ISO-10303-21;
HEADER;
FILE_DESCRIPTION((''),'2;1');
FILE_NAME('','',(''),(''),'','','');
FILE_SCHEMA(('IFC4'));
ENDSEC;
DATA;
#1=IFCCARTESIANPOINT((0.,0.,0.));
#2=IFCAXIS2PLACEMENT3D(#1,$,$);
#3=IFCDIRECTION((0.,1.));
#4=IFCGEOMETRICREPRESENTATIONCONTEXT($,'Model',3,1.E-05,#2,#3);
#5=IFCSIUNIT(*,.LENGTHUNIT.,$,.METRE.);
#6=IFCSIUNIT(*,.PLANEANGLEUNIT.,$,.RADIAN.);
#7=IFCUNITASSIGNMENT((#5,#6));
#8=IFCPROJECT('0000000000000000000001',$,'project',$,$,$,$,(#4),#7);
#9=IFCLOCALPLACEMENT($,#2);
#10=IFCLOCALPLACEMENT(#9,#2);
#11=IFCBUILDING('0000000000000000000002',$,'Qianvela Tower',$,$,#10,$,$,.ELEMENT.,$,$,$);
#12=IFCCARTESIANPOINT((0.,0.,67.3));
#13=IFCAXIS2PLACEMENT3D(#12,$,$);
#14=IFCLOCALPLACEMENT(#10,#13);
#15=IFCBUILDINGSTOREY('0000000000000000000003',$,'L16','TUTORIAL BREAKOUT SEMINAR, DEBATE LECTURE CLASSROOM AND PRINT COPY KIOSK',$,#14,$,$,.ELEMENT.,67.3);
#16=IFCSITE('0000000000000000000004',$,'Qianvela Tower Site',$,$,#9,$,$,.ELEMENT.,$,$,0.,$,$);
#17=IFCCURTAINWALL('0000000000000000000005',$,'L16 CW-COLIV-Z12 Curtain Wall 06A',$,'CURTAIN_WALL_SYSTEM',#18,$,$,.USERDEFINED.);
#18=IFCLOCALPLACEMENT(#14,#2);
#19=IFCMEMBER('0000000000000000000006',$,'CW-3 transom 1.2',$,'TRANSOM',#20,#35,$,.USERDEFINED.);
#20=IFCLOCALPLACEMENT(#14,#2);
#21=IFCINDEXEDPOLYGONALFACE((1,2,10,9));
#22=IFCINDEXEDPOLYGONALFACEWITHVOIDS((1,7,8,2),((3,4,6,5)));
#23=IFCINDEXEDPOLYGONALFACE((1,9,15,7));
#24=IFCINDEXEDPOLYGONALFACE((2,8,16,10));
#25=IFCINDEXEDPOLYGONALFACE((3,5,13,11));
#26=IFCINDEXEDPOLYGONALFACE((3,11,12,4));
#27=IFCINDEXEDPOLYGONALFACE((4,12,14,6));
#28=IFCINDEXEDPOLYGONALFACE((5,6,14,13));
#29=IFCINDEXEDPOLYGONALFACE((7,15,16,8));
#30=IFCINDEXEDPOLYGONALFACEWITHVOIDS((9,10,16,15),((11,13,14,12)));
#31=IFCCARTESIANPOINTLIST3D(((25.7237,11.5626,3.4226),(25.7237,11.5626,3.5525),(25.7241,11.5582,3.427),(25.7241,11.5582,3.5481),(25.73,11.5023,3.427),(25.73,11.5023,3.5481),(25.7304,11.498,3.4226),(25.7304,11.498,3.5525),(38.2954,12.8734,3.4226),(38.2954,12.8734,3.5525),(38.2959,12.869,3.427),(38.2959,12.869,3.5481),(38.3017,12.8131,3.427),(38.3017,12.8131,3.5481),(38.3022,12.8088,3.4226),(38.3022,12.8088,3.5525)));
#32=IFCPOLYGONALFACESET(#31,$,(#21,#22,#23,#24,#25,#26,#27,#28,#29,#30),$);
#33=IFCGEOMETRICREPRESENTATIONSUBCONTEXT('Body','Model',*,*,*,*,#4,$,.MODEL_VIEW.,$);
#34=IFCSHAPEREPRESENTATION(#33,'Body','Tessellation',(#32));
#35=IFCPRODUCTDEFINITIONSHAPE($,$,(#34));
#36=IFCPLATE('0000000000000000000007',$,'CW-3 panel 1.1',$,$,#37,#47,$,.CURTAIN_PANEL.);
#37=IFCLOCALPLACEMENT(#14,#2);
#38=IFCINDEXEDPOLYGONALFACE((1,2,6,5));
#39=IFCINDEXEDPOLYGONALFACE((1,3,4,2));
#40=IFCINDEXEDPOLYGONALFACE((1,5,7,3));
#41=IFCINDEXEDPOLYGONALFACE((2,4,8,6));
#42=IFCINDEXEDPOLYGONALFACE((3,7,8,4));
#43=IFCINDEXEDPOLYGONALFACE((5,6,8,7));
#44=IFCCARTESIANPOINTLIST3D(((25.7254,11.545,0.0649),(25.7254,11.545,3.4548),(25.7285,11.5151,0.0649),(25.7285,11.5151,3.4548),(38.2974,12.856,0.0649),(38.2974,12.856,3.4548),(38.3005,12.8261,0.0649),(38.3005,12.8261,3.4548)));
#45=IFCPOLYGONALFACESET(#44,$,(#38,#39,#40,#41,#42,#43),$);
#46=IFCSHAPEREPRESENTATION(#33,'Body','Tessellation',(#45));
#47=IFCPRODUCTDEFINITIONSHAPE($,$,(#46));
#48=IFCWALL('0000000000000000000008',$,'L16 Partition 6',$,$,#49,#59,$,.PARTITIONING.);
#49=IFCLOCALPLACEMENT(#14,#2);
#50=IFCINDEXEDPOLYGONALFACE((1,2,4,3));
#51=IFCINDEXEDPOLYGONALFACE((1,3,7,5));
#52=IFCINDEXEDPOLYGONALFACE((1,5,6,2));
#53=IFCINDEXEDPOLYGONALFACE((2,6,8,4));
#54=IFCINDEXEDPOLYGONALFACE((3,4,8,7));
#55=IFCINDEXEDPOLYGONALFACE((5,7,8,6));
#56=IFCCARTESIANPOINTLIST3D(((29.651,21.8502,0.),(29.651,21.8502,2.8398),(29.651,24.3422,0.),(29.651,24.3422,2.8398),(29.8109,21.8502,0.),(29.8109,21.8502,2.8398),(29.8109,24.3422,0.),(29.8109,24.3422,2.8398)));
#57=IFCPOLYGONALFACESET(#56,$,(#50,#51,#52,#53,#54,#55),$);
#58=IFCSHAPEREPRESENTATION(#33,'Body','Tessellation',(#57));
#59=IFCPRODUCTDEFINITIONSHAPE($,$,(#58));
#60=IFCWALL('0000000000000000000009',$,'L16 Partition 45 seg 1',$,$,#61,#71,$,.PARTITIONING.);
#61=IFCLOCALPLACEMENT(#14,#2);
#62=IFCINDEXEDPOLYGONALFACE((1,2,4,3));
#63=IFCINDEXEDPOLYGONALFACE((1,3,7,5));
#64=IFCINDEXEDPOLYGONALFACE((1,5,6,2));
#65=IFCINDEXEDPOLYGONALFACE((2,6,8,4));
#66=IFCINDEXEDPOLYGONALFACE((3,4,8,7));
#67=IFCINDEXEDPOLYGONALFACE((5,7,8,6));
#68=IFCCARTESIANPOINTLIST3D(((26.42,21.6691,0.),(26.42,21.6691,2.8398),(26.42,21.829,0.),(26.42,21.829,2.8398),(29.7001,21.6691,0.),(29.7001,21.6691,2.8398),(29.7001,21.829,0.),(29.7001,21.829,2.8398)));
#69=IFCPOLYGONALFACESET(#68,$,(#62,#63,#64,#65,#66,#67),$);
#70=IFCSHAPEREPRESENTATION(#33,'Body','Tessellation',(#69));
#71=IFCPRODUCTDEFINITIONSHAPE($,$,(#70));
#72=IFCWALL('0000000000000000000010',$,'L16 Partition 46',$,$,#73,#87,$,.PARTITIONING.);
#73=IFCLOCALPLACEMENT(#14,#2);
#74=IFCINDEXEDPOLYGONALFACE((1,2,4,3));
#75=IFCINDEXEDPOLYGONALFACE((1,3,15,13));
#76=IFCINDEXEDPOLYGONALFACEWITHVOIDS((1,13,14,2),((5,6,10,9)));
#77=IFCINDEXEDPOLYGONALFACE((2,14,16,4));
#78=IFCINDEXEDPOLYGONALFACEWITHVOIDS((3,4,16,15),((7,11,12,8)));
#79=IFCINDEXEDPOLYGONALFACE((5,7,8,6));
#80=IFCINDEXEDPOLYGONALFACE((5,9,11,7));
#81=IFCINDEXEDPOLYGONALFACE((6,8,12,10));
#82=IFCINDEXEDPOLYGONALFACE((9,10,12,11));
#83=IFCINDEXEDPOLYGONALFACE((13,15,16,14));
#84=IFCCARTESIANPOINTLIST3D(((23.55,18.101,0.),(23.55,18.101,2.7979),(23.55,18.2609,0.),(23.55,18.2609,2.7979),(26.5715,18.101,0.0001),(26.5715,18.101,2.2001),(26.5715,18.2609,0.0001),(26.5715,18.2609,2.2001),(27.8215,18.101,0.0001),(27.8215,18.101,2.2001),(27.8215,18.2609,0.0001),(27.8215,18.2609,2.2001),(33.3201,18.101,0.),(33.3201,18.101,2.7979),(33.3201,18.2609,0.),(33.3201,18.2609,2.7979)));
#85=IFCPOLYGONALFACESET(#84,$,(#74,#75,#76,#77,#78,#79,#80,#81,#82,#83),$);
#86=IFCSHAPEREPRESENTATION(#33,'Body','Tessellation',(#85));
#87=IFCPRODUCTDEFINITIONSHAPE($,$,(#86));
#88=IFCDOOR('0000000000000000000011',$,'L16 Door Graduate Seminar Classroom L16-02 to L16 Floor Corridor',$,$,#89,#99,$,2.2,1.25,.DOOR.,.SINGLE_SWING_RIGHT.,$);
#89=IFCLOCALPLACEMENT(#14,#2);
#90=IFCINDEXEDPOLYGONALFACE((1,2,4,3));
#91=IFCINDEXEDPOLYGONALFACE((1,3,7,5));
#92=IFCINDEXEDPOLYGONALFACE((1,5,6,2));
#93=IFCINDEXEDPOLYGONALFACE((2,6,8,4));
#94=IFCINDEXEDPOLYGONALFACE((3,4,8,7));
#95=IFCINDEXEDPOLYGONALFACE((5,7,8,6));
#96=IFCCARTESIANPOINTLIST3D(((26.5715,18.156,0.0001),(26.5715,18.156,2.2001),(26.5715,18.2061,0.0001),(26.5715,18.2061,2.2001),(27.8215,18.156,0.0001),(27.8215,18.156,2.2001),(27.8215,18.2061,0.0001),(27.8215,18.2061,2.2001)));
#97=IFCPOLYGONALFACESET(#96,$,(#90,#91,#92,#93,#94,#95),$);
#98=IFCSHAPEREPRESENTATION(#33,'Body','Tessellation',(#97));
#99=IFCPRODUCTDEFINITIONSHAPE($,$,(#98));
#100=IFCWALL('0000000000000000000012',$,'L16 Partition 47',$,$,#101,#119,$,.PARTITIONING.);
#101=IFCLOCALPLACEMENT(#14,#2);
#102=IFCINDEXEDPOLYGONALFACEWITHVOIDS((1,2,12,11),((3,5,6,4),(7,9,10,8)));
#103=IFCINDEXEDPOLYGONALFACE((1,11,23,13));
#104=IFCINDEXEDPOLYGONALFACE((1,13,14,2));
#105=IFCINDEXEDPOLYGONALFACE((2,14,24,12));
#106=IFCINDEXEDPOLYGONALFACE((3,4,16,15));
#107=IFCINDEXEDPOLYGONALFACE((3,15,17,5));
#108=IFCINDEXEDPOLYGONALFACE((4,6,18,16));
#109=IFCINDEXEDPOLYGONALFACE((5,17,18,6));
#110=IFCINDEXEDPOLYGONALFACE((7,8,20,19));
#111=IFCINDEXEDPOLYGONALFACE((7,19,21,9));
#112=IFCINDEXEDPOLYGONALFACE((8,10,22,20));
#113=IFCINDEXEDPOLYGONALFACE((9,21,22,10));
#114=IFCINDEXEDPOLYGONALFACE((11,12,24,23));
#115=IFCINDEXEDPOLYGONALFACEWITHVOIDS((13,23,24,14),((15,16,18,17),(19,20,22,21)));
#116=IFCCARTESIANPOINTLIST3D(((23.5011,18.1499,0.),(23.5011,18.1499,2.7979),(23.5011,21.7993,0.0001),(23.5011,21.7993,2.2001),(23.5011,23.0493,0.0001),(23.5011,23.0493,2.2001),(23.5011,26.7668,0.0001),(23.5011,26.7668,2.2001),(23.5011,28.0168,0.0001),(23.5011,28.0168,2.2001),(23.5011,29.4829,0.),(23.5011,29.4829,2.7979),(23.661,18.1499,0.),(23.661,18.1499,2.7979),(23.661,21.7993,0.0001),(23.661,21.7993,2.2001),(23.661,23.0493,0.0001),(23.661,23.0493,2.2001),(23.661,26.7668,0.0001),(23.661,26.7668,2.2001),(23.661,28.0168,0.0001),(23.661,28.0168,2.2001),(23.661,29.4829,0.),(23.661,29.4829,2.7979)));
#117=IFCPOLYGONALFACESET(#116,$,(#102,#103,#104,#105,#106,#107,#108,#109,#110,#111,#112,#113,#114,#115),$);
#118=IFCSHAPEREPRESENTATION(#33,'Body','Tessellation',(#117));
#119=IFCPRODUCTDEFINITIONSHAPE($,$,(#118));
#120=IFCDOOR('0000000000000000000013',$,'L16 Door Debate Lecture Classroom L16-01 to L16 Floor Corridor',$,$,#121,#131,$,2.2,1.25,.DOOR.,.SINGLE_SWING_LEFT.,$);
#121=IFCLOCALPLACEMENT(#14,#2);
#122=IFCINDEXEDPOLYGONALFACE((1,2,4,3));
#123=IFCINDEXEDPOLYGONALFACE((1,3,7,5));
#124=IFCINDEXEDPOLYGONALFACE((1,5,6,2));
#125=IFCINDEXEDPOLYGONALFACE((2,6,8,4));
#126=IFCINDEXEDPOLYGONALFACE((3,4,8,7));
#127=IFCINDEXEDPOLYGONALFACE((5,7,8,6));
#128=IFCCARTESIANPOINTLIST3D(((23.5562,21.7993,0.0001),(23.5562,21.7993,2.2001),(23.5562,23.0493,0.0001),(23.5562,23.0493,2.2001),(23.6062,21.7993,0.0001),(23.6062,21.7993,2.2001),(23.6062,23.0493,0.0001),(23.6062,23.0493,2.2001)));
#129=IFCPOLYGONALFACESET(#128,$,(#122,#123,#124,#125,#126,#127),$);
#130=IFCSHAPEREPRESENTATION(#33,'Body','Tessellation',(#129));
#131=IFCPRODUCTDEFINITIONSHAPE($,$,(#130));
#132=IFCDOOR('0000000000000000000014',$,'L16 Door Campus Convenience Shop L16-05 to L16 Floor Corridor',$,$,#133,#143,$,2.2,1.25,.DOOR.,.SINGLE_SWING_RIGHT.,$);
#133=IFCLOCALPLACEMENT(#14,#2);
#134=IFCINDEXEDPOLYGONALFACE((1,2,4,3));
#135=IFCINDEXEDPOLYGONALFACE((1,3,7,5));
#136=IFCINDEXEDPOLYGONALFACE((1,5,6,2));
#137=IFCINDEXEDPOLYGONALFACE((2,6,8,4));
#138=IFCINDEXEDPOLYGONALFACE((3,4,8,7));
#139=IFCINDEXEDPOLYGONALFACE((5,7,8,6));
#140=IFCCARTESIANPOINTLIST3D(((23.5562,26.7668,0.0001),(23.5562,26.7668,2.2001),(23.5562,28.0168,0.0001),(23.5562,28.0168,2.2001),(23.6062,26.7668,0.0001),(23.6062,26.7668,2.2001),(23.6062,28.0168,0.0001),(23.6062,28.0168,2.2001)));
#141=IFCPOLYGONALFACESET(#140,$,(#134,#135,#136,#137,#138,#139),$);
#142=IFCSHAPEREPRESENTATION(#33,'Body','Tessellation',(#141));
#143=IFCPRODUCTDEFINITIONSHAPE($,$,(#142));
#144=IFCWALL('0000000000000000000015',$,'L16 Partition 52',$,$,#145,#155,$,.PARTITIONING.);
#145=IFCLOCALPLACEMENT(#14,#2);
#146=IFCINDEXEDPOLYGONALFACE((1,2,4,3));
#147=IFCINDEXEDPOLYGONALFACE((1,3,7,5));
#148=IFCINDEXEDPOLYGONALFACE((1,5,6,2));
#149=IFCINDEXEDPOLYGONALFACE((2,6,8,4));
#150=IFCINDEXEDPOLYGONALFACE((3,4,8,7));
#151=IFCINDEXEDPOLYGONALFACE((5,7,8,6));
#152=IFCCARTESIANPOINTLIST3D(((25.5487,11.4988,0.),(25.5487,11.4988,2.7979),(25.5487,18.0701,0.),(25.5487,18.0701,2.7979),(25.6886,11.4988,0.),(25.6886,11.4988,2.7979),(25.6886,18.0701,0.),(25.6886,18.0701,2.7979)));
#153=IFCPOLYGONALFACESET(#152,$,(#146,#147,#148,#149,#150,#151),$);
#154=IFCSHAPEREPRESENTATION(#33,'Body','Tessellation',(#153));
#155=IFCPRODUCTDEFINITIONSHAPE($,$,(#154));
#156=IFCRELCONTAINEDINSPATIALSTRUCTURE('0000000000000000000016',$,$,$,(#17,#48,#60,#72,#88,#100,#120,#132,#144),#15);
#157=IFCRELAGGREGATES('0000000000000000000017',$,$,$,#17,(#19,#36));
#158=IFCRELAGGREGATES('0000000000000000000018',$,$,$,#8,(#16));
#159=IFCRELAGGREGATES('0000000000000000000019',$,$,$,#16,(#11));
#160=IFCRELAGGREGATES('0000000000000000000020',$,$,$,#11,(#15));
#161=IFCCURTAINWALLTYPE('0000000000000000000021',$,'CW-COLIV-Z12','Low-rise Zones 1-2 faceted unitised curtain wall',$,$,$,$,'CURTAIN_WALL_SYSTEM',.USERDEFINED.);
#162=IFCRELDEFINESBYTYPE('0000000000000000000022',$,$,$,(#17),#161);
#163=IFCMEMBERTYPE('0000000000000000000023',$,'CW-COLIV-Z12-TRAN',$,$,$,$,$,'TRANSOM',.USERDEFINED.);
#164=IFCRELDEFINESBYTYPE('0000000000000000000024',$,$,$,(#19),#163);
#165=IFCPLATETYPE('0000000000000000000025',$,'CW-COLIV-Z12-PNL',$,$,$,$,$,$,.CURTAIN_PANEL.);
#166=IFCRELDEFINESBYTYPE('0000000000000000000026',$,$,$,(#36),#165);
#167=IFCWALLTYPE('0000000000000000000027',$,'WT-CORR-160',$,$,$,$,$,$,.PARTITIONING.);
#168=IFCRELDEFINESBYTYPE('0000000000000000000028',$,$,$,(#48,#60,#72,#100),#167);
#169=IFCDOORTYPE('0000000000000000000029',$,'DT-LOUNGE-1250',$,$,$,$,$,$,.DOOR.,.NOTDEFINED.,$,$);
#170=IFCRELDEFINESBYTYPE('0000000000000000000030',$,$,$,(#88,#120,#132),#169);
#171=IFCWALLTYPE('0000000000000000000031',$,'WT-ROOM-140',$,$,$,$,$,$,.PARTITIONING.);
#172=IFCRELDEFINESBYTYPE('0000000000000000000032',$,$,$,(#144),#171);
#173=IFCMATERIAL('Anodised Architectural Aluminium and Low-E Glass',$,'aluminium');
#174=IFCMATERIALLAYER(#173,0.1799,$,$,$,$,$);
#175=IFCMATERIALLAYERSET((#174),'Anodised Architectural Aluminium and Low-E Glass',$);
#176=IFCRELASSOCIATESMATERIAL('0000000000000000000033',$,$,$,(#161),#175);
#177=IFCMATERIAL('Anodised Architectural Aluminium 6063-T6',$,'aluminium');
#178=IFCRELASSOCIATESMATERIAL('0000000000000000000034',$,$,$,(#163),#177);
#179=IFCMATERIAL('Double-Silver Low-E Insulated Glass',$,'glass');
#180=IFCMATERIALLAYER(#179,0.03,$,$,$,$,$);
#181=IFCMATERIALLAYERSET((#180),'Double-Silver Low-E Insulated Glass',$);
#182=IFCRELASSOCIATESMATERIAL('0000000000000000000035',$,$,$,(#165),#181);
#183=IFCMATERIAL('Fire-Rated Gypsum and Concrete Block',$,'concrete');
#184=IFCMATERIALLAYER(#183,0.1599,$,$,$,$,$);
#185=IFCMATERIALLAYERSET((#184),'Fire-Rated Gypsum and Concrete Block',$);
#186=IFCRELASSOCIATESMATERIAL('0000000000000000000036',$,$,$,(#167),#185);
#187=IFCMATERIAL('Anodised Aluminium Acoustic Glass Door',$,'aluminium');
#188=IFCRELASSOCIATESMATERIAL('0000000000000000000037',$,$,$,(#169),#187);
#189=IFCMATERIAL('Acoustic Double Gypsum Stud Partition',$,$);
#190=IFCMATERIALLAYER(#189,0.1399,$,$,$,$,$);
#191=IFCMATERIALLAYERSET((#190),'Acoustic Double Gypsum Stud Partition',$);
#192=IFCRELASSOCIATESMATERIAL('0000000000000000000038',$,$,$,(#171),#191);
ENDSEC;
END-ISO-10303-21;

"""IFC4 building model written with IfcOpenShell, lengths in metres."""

from ifc_helpers import new_model, si_unit, direction, frame, frame_2d, origin, origin_2d, place, context, subcontext, project, spatial, rectangle, hollow_rectangle, extrude, material, layer, layer_set, material_profile, profile_set, type_object, element, fill, aggregate, save


model = new_model("IFC4")

# Units and contexts
model_context = context("Model", 3, precision=1e-05, world=origin(), true_north=direction((0.0, 1.0)))
body_context = subcontext(model_context, "Body", "Model", "MODEL_VIEW")
ifc_project = project(units=[si_unit("LENGTHUNIT", "METRE"), si_unit("PLANEANGLEUNIT", "RADIAN")], contexts=[model_context])

# Site, building, storey
site_placement = place(None, origin())
site = spatial("IfcSite", under=ifc_project, at=site_placement, Name="Qianvela Tower Site", CompositionType="ELEMENT", RefElevation=0.0)
building_placement = place(site_placement, origin())
building = spatial("IfcBuilding", under=site, at=building_placement, Name="Qianvela Tower", CompositionType="ELEMENT")
storey_placement = place(building_placement, frame((0.0, 0.0, 67.3)))
storey = spatial("IfcBuildingStorey", under=building, at=storey_placement, Name="L16", Description="TUTORIAL BREAKOUT SEMINAR, DEBATE LECTURE CLASSROOM AND PRINT COPY KIOSK", CompositionType="ELEMENT", Elevation=67.3)

# Curtain wall, member, plate
ifc_material_1 = material(Name="Anodised Architectural Aluminium and Low-E Glass", Category="aluminium")
ifc_layer_1 = layer(ifc_material_1, 0.1799)
ifc_layer_set_1 = layer_set([ifc_layer_1], Name="Anodised Architectural Aluminium and Low-E Glass")
curtain_wall_type = type_object("IfcCurtainWallType", Name="CW-COLIV-Z12", Description="Low-rise Zones 1-2 faceted unitised curtain wall", ElementType="CURTAIN_WALL_SYSTEM", PredefinedType="USERDEFINED", material=ifc_layer_set_1)
curtain_wall_placement = place(storey_placement, origin())
curtain_wall = element("IfcCurtainWall", 1, at=curtain_wall_placement, inside=storey, type_object=curtain_wall_type, Name="L16 CW-COLIV-Z12 Curtain Wall 06A", ObjectType="CURTAIN_WALL_SYSTEM", PredefinedType="USERDEFINED")
ifc_material_2 = material(Name="Anodised Architectural Aluminium 6063-T6", Category="aluminium")
ifc_material_profile_1 = material_profile(ifc_material_2, hollow_rectangle(XDim=0.0649, YDim=0.1299, WallThickness=0.0044, at=origin_2d()), Name="ALU-TRAN-65x130")
ifc_profile_set_1 = profile_set([ifc_material_profile_1], Name="Anodised Architectural Aluminium 6063-T6")
member_type_1 = type_object("IfcMemberType", Name="CW-COLIV-Z12-TRAN", ElementType="TRANSOM", PredefinedType="USERDEFINED", material=ifc_profile_set_1)
member_1_placement = place(storey_placement, frame((25.7271, 11.5303, 3.4875), z_axis=(0.994608, 0.103702, 0.0), x_axis=(-0.103702, 0.994608, 0.0)))
member_1 = element("IfcMember", 2, at=member_1_placement, type_object=member_type_1, Name="CW-3 transom 1.2", ObjectType="TRANSOM", PredefinedType="USERDEFINED", context=body_context, shape_type="SweptSolid", body=[
    extrude(hollow_rectangle(XDim=0.0649, YDim=0.1299, WallThickness=0.0044, at=origin_2d()), origin(), (0.0, 0.0, 1.0), 12.6399),
])
ifc_material_3 = material(Name="Double-Silver Low-E Insulated Glass", Category="glass")
ifc_layer_2 = layer(ifc_material_3, 0.03)
ifc_layer_set_2 = layer_set([ifc_layer_2], Name="Double-Silver Low-E Insulated Glass")
plate_type = type_object("IfcPlateType", Name="CW-COLIV-Z12-PNL", PredefinedType="CURTAIN_PANEL", material=ifc_layer_set_2)
plate_placement = place(storey_placement, frame((32.0129, 12.1855, 0.0649), z_axis=(0.0, 0.0, 1.0), x_axis=(0.994607, 0.103717, 0.0)))
plate = element("IfcPlate", 3, at=plate_placement, type_object=plate_type, Name="CW-3 panel 1.1", PredefinedType="CURTAIN_PANEL", context=body_context, shape_type="SweptSolid", body=[
    extrude(rectangle(XDim=12.6401, YDim=0.03, at=origin_2d()), origin(), (0.0, 0.0, 1.0), 3.3899),
])
aggregate(curtain_wall, [member_1, plate])

# Shared definitions
ifc_material_4 = material(Name="Fire-Rated Gypsum and Concrete Block", Category="concrete")
ifc_layer_3 = layer(ifc_material_4, 0.1599)
ifc_layer_set_3 = layer_set([ifc_layer_3], Name="Fire-Rated Gypsum and Concrete Block")
wall_type_1 = type_object("IfcWallType", Name="WT-CORR-160", PredefinedType="PARTITIONING", material=ifc_layer_set_3)

# Walls
wall_1_placement = place(storey_placement, frame((29.731, 21.8501, 0.0), z_axis=(0.0, 0.0, 1.0), x_axis=(0.0, 1.0, 0.0)))
element("IfcWall", 4, at=wall_1_placement, inside=storey, type_object=wall_type_1, Name="L16 Partition 6", PredefinedType="PARTITIONING", context=body_context, shape_type="SweptSolid", body=[
    extrude(rectangle(XDim=2.4919, YDim=0.1599, at=frame_2d((1.2461, 0.0))), origin(), (0.0, 0.0, 1.0), 2.8398),
])
wall_2_placement = place(storey_placement, frame((26.4199, 21.749, 0.0), z_axis=(0.0, 0.0, 1.0), x_axis=(1.0, 0.0, 0.0)))
element("IfcWall", 5, at=wall_2_placement, inside=storey, type_object=wall_type_1, Name="L16 Partition 45 seg 1", PredefinedType="PARTITIONING", context=body_context, shape_type="SweptSolid", body=[
    extrude(rectangle(XDim=3.28, YDim=0.1599, at=frame_2d((1.6401, 0.0))), origin(), (0.0, 0.0, 1.0), 2.8398),
])

# Wall, opening, door
wall_3_placement = place(storey_placement, frame((33.3201, 18.1809, 0.0), z_axis=(0.0, 0.0, 1.0), x_axis=(-1.0, 0.0, 0.0)))
wall_3 = element("IfcWall", 6, at=wall_3_placement, inside=storey, type_object=wall_type_1, Name="L16 Partition 46", PredefinedType="PARTITIONING", context=body_context, shape_type="SweptSolid", body=[
    extrude(rectangle(XDim=9.77, YDim=0.1599, at=frame_2d((4.885, 0.0))), origin(), (0.0, 0.0, 1.0), 2.7979),
])
opening_1_placement = place(wall_3_placement, frame((5.4985, 0.0, 0.0)))
opening_1 = element("IfcOpeningElement", 7, at=opening_1_placement, cuts=wall_3, PredefinedType="OPENING", context=body_context, shape_type="SweptSolid", body=[
    extrude(rectangle(XDim=1.25, YDim=2.2, at=frame_2d((0.625, 1.1001))), frame((0.0, 0.0898, 0.0), z_axis=(0.0, -1.0, 0.0), x_axis=(1.0, 0.0, 0.0)), (0.0, 0.0, 1.0), 0.1799),
])
ifc_material_5 = material(Name="Anodised Aluminium Acoustic Glass Door", Category="aluminium")
door_type_1 = type_object("IfcDoorType", Name="DT-LOUNGE-1250", OperationType="NOTDEFINED", PredefinedType="DOOR", material=ifc_material_5)
door_1_placement = place(opening_1_placement, origin())
door_1 = element("IfcDoor", 8, at=door_1_placement, inside=storey, type_object=door_type_1, Name="L16 Door Graduate Seminar Classroom L16-02 to L16 Floor Corridor", OperationType="SINGLE_SWING_RIGHT", OverallHeight=2.2, OverallWidth=1.25, PredefinedType="DOOR", context=body_context, shape_type="SweptSolid", body=[
    extrude(rectangle(XDim=1.25, YDim=2.2, at=frame_2d((0.625, 1.1001))), frame((0.0, 0.0249, 0.0), z_axis=(0.0, -1.0, 0.0), x_axis=(1.0, 0.0, 0.0)), (0.0, 0.0, 1.0), 0.05),
])
fill(opening_1, door_1)

# Wall, openings, doors
wall_4_placement = place(storey_placement, frame((23.5811, 18.1499, 0.0), z_axis=(0.0, 0.0, 1.0), x_axis=(0.0, 1.0, 0.0)))
wall_4 = element("IfcWall", 9, at=wall_4_placement, inside=storey, type_object=wall_type_1, Name="L16 Partition 47", PredefinedType="PARTITIONING", context=body_context, shape_type="SweptSolid", body=[
    extrude(rectangle(XDim=11.333, YDim=0.1599, at=frame_2d((5.6665, 0.0))), origin(), (0.0, 0.0, 1.0), 2.7979),
])
opening_2_placement = place(wall_4_placement, frame((3.6494, 0.0, 0.0)))
opening_2 = element("IfcOpeningElement", 10, at=opening_2_placement, cuts=wall_4, PredefinedType="OPENING", context=body_context, shape_type="SweptSolid", body=[
    extrude(rectangle(XDim=1.25, YDim=2.2, at=frame_2d((0.625, 1.1001))), frame((0.0, 0.0898, 0.0), z_axis=(0.0, -1.0, 0.0), x_axis=(1.0, 0.0, 0.0)), (0.0, 0.0, 1.0), 0.1799),
])
opening_3_placement = place(wall_4_placement, frame((8.6169, 0.0, 0.0)))
opening_3 = element("IfcOpeningElement", 11, at=opening_3_placement, cuts=wall_4, PredefinedType="OPENING", context=body_context, shape_type="SweptSolid", body=[
    extrude(rectangle(XDim=1.25, YDim=2.2, at=frame_2d((0.625, 1.1001))), frame((0.0, 0.0898, 0.0), z_axis=(0.0, -1.0, 0.0), x_axis=(1.0, 0.0, 0.0)), (0.0, 0.0, 1.0), 0.1799),
])
door_2_placement = place(opening_2_placement, origin())
door_2 = element("IfcDoor", 12, at=door_2_placement, inside=storey, type_object=door_type_1, Name="L16 Door Debate Lecture Classroom L16-01 to L16 Floor Corridor", OperationType="SINGLE_SWING_LEFT", OverallHeight=2.2, OverallWidth=1.25, PredefinedType="DOOR", context=body_context, shape_type="SweptSolid", body=[
    extrude(rectangle(XDim=1.25, YDim=2.2, at=frame_2d((0.625, 1.1001))), frame((0.0, 0.0249, 0.0), z_axis=(0.0, -1.0, 0.0), x_axis=(1.0, 0.0, 0.0)), (0.0, 0.0, 1.0), 0.05),
])
fill(opening_2, door_2)
door_3_placement = place(opening_3_placement, origin())
door_3 = element("IfcDoor", 13, at=door_3_placement, inside=storey, type_object=door_type_1, Name="L16 Door Campus Convenience Shop L16-05 to L16 Floor Corridor", OperationType="SINGLE_SWING_RIGHT", OverallHeight=2.2, OverallWidth=1.25, PredefinedType="DOOR", context=body_context, shape_type="SweptSolid", body=[
    extrude(rectangle(XDim=1.25, YDim=2.2, at=frame_2d((0.625, 1.1001))), frame((0.0, 0.0249, 0.0), z_axis=(0.0, -1.0, 0.0), x_axis=(1.0, 0.0, 0.0)), (0.0, 0.0, 1.0), 0.05),
])
fill(opening_3, door_3)

# Wall
ifc_material_6 = material(Name="Acoustic Double Gypsum Stud Partition")
ifc_layer_4 = layer(ifc_material_6, 0.1399)
ifc_layer_set_4 = layer_set([ifc_layer_4], Name="Acoustic Double Gypsum Stud Partition")
wall_type_2 = type_object("IfcWallType", Name="WT-ROOM-140", PredefinedType="PARTITIONING", material=ifc_layer_set_4)
wall_5_placement = place(storey_placement, frame((25.6187, 18.0701, 0.0), z_axis=(0.0, 0.0, 1.0), x_axis=(0.0, -1.0, 0.0)))
element("IfcWall", 14, at=wall_5_placement, inside=storey, type_object=wall_type_2, Name="L16 Partition 52", PredefinedType="PARTITIONING", context=body_context, shape_type="SweptSolid", body=[
    extrude(rectangle(XDim=6.5713, YDim=0.1399, at=frame_2d((3.2856, 0.0))), origin(), (0.0, 0.0, 1.0), 2.7979),
])

save(model, "model.ifc")
